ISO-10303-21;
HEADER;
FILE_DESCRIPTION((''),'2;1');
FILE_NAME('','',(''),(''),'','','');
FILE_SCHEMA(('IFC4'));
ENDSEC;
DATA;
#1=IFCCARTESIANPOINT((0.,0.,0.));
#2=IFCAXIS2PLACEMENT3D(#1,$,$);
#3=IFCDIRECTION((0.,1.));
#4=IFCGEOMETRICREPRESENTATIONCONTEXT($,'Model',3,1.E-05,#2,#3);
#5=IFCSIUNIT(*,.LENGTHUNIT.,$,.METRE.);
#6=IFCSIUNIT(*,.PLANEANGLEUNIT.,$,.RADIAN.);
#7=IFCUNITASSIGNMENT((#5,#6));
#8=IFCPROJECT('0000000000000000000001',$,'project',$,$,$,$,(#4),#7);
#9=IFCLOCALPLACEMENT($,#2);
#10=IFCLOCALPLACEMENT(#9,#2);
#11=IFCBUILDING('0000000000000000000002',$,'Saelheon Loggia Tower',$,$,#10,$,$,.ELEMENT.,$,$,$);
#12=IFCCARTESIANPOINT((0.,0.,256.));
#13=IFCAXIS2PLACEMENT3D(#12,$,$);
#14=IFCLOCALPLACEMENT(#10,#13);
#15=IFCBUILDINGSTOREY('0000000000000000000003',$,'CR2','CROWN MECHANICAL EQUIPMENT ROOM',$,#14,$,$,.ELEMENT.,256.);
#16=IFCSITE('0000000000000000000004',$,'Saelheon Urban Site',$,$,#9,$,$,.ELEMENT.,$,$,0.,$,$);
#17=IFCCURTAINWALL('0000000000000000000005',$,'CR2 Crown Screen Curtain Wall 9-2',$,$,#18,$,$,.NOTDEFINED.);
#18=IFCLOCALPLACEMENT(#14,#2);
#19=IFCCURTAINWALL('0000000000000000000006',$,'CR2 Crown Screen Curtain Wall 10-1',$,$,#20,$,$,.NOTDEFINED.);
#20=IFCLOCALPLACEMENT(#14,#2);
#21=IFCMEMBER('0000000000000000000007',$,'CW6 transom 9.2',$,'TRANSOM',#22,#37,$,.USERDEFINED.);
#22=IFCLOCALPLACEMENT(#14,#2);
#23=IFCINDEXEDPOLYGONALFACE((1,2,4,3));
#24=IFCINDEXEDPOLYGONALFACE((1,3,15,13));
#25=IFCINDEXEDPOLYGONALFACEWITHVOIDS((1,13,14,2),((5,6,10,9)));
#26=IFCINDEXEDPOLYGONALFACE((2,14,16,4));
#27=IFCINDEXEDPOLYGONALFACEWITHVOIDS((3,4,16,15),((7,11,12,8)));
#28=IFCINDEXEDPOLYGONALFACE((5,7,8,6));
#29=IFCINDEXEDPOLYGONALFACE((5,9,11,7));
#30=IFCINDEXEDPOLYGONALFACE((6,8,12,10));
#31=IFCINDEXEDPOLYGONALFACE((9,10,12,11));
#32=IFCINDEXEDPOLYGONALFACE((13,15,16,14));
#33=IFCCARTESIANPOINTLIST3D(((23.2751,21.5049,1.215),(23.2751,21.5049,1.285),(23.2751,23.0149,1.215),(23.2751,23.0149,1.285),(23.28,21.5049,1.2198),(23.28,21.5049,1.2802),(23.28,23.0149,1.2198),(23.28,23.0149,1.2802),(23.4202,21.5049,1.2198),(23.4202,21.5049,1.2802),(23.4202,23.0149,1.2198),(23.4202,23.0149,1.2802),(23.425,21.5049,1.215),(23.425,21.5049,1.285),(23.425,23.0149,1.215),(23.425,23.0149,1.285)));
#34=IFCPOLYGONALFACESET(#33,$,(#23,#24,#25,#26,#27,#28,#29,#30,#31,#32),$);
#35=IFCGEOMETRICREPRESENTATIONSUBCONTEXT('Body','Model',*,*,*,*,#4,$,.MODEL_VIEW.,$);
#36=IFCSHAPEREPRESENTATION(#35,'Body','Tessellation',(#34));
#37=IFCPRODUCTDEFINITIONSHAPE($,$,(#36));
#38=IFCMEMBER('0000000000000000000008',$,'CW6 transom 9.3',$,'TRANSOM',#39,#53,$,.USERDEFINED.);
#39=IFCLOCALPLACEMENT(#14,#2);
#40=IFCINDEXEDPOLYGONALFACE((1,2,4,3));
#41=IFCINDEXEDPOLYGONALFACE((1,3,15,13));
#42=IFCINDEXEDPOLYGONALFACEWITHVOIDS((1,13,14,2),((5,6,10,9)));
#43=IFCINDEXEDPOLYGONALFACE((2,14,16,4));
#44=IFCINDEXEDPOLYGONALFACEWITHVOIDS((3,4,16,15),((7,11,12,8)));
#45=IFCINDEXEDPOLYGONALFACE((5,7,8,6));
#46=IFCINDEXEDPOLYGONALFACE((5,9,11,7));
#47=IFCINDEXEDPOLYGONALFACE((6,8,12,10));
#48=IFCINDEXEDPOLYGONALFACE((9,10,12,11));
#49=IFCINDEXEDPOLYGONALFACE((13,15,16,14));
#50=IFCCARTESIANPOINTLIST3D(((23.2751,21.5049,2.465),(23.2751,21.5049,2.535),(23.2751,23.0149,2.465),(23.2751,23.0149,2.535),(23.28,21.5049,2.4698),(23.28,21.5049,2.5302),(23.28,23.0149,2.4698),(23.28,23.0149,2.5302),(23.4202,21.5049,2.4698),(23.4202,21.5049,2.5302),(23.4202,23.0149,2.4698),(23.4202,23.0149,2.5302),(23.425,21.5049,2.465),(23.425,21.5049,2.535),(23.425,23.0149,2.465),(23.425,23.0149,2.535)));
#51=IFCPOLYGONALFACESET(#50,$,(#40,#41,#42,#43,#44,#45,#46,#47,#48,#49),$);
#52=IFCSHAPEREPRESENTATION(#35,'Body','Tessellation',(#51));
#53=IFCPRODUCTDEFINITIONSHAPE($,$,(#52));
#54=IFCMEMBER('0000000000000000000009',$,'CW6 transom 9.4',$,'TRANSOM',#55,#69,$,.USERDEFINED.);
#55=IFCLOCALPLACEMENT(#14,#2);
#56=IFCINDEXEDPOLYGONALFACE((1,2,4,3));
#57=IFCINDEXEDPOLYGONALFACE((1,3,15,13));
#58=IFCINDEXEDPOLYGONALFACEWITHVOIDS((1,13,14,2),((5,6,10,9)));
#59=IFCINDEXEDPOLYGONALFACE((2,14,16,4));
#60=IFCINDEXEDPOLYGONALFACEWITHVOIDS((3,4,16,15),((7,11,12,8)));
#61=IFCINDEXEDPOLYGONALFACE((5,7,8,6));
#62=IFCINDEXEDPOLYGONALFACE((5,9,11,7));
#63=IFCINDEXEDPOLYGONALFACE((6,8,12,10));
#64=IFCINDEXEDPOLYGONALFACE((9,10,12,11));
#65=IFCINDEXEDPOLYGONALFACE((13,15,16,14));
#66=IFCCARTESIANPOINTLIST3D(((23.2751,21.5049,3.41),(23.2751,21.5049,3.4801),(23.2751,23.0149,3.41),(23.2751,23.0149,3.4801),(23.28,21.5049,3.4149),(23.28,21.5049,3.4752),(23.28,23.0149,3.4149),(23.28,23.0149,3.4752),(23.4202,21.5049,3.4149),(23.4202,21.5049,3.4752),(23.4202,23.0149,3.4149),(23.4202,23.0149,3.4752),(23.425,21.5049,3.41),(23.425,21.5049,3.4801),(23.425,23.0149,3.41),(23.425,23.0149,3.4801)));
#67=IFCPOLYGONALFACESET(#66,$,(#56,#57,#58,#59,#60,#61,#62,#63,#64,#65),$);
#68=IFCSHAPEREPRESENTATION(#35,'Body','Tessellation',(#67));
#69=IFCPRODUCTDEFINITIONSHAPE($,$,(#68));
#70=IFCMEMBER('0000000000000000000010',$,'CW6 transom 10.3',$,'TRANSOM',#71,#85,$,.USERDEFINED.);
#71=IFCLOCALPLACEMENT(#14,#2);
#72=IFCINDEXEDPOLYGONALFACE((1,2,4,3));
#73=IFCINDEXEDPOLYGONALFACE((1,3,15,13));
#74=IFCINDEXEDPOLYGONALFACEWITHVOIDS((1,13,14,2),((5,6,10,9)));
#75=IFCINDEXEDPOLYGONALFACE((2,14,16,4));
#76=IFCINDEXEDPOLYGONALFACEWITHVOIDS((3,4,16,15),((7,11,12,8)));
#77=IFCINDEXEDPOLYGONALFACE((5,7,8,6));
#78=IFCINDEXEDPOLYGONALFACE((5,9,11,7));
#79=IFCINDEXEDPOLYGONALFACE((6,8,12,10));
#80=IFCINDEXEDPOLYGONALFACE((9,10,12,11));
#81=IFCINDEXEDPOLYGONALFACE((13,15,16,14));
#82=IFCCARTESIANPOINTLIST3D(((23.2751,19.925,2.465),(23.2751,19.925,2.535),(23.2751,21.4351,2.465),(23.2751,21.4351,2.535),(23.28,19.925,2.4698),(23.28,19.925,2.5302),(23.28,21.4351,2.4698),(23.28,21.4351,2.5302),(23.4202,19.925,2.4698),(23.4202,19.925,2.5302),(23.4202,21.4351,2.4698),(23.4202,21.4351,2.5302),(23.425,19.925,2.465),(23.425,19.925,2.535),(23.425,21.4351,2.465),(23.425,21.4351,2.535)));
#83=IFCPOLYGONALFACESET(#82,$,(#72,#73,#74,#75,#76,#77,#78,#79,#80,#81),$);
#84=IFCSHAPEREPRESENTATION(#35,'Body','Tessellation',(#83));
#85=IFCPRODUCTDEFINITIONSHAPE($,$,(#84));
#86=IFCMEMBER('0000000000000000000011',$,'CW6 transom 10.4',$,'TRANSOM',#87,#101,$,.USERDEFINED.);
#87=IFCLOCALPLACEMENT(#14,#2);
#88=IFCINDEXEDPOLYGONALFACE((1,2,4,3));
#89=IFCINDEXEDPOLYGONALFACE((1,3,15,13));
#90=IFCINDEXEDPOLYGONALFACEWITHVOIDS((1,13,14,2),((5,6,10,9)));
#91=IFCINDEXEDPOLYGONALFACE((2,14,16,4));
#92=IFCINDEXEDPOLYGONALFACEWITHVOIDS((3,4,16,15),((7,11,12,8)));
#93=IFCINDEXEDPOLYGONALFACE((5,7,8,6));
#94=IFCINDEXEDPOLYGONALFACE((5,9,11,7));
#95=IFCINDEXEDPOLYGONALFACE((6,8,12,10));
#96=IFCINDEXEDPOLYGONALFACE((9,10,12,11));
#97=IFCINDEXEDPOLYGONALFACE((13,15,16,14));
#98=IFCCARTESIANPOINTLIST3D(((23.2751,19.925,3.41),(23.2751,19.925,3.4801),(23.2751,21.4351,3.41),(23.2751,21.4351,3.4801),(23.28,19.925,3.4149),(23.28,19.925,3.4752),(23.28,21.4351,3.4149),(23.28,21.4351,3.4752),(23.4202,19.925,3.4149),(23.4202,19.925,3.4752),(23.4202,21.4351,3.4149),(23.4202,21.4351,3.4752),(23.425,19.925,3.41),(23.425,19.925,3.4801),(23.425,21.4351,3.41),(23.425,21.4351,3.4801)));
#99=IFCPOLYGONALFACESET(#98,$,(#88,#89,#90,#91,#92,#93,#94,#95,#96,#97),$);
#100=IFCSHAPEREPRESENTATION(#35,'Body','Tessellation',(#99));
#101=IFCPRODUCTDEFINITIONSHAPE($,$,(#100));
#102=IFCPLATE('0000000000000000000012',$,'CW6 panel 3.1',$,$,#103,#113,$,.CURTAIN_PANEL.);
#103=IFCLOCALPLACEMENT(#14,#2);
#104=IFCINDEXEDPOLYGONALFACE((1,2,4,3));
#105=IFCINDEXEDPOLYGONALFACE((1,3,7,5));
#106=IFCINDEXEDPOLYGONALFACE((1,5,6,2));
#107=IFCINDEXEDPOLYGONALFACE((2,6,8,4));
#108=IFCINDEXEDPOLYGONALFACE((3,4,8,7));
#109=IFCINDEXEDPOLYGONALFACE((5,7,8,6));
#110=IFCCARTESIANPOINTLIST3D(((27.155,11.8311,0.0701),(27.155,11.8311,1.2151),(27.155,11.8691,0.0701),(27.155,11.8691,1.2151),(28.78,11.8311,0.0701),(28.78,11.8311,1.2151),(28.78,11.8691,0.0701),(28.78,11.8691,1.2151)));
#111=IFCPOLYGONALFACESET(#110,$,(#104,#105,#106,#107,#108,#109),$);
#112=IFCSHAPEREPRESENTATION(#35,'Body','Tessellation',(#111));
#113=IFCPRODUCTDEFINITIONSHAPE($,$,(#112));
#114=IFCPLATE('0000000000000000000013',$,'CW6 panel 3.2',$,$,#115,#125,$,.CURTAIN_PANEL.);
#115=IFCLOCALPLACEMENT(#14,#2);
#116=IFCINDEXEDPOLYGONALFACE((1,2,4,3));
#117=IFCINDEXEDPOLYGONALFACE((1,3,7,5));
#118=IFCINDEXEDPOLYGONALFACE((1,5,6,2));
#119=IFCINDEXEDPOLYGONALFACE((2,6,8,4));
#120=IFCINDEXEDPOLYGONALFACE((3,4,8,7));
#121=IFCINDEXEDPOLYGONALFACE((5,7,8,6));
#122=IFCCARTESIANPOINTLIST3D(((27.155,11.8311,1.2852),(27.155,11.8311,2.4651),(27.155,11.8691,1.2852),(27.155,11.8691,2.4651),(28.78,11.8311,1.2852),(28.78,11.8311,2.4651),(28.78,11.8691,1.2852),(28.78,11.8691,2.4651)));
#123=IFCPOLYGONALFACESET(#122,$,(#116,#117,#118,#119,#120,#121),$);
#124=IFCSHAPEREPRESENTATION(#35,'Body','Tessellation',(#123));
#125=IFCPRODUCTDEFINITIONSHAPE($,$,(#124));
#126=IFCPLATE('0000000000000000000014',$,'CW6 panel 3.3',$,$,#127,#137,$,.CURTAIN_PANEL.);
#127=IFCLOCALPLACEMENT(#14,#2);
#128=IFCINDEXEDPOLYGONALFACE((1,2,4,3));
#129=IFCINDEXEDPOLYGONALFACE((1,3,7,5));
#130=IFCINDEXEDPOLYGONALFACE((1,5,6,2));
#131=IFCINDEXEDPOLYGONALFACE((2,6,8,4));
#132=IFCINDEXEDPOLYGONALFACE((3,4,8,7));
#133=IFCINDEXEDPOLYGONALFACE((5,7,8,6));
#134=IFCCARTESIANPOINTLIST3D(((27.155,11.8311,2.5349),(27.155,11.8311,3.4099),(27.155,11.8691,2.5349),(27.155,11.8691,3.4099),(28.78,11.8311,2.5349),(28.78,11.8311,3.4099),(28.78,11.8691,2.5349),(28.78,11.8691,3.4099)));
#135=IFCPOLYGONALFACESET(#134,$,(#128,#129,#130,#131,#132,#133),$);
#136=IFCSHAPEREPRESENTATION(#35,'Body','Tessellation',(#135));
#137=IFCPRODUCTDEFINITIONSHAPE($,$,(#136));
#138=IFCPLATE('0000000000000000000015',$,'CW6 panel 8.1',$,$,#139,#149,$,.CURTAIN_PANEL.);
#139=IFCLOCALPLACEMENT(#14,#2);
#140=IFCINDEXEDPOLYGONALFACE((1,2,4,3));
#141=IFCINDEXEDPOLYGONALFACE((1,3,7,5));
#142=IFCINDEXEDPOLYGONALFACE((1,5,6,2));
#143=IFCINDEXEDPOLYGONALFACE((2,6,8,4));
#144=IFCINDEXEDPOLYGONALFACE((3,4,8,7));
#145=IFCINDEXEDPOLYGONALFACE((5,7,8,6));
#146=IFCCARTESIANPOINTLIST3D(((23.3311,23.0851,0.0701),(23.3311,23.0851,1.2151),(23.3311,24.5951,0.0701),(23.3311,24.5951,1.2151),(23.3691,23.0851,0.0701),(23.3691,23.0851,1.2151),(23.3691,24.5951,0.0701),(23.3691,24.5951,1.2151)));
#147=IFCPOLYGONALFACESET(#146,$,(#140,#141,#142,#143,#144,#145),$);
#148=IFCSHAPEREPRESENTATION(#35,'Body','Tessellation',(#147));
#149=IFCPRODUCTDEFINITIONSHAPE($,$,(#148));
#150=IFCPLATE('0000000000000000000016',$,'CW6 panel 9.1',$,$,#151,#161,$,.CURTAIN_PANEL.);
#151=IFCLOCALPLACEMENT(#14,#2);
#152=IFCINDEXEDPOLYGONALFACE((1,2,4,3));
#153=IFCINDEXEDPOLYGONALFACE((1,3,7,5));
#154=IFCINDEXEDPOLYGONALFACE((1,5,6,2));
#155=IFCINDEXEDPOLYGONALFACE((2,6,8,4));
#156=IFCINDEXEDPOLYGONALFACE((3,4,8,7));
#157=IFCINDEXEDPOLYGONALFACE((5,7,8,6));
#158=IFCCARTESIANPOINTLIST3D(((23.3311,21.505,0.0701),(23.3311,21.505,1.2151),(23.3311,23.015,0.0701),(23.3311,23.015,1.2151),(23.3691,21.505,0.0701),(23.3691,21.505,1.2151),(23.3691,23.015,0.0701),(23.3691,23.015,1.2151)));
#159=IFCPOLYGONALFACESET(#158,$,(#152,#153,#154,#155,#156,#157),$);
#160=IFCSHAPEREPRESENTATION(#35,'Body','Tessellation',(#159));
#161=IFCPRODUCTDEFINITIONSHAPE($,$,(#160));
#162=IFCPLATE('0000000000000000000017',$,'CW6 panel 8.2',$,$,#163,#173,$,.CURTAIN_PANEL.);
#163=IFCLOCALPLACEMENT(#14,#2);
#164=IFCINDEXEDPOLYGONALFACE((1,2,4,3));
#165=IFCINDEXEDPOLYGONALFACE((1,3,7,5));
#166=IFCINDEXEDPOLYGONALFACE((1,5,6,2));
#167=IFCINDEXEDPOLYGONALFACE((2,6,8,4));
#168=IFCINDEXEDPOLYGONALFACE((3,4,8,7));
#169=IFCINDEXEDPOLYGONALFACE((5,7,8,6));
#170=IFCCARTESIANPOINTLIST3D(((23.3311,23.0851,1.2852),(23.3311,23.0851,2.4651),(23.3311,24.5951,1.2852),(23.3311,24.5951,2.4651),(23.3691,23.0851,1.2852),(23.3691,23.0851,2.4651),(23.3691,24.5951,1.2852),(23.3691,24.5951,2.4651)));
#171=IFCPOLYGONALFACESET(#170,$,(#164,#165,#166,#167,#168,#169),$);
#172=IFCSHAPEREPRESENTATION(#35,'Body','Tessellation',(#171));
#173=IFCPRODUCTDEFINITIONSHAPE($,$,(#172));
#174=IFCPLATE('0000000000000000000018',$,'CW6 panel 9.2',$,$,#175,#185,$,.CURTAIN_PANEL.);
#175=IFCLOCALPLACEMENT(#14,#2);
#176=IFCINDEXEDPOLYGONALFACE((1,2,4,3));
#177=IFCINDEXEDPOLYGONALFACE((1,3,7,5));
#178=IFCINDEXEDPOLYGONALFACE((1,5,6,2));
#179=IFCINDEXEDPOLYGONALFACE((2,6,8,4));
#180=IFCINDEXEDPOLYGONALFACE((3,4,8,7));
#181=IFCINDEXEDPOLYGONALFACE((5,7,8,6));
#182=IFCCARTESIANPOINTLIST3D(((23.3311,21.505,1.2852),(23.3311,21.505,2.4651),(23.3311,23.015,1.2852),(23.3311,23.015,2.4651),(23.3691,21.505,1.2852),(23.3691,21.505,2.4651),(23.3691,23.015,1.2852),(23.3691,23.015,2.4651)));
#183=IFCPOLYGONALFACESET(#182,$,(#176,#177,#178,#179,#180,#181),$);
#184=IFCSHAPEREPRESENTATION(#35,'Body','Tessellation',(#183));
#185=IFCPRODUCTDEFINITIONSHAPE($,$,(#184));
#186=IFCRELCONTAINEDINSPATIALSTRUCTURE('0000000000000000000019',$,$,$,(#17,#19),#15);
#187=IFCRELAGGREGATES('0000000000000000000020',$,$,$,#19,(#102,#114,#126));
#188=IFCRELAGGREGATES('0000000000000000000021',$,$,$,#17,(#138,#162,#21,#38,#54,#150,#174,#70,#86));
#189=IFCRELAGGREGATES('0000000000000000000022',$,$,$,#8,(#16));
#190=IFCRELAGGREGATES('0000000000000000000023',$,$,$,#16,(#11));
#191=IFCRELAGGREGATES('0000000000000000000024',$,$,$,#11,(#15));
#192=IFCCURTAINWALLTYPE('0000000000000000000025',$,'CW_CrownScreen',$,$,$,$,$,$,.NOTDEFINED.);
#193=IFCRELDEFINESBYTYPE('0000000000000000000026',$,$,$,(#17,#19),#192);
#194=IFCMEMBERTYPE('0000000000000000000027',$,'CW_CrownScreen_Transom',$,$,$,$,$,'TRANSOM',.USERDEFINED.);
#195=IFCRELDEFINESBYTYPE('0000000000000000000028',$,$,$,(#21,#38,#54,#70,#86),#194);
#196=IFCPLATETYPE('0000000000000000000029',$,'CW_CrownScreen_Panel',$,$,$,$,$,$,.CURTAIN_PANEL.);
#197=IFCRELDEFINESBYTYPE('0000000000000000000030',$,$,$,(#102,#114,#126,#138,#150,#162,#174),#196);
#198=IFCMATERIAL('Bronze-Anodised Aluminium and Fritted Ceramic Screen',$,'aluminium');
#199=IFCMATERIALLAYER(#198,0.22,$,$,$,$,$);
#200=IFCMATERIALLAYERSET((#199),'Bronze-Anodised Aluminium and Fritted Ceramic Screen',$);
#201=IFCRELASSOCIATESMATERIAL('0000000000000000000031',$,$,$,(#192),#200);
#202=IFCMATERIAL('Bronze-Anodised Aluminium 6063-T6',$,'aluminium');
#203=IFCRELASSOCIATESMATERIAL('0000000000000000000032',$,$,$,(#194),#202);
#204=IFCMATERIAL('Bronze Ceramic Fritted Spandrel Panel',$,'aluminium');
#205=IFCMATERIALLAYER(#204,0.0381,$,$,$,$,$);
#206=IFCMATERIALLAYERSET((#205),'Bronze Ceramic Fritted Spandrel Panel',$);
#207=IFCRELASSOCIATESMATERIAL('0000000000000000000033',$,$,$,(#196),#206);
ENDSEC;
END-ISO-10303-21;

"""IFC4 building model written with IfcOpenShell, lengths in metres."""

from ifc_helpers import new_model, si_unit, direction, frame, origin, origin_2d, place, context, subcontext, project, spatial, rectangle, hollow_rectangle, extrude, source, transform, mapped, material, layer, layer_set, material_profile, profile_set, type_object, element, aggregate, save


model = new_model("IFC4")

# Units and contexts
model_context = context("Model", 3, precision=1e-05, world=origin(), true_north=direction((0.0, 1.0)))
body_context = subcontext(model_context, "Body", "Model", "MODEL_VIEW")
ifc_project = project(units=[si_unit("LENGTHUNIT", "METRE"), si_unit("PLANEANGLEUNIT", "RADIAN")], contexts=[model_context])

# Site, building, storey
site_placement = place(None, origin())
site = spatial("IfcSite", under=ifc_project, at=site_placement, Name="Saelheon Urban Site", CompositionType="ELEMENT", RefElevation=0.0)
building_placement = place(site_placement, origin())
building = spatial("IfcBuilding", under=site, at=building_placement, Name="Saelheon Loggia Tower", CompositionType="ELEMENT")
storey_placement = place(building_placement, frame((0.0, 0.0, 256.0)))
storey = spatial("IfcBuildingStorey", under=building, at=storey_placement, Name="CR2", Description="CROWN MECHANICAL EQUIPMENT ROOM", CompositionType="ELEMENT", Elevation=256.0)

# Curtain walls
ifc_material_1 = material(Name="Bronze-Anodised Aluminium and Fritted Ceramic Screen", Category="aluminium")
ifc_layer_1 = layer(ifc_material_1, 0.22)
ifc_layer_set_1 = layer_set([ifc_layer_1], Name="Bronze-Anodised Aluminium and Fritted Ceramic Screen")
curtain_wall_type = type_object("IfcCurtainWallType", Name="CW_CrownScreen", PredefinedType="NOTDEFINED", material=ifc_layer_set_1)
curtain_wall_1_placement = place(storey_placement, origin())
curtain_wall_1 = element("IfcCurtainWall", 1, at=curtain_wall_1_placement, inside=storey, type_object=curtain_wall_type, Name="CR2 Crown Screen Curtain Wall 9-2", PredefinedType="NOTDEFINED")
ifc_material_2 = material(Name="Bronze-Anodised Aluminium 6063-T6", Category="aluminium")
curtain_wall_2_placement = place(storey_placement, origin())
curtain_wall_2 = element("IfcCurtainWall", 2, at=curtain_wall_2_placement, inside=storey, type_object=curtain_wall_type, Name="CR2 Crown Screen Curtain Wall 10-1", PredefinedType="NOTDEFINED")
ifc_material_profile_1 = material_profile(ifc_material_2, hollow_rectangle(XDim=0.0701, YDim=0.1499, WallThickness=0.0049, at=origin_2d()), Name="RHS-150x70x5")
ifc_profile_set_1 = profile_set([ifc_material_profile_1], Name="Bronze-Anodised Aluminium 6063-T6")
member_type_1 = type_object("IfcMemberType", Name="CW_CrownScreen_Transom", ElementType="TRANSOM", PredefinedType="USERDEFINED", material=ifc_profile_set_1)

# Members
shared_shape_1 = source(origin(), body_context, "Body", "SweptSolid", [
    extrude(hollow_rectangle(XDim=0.0701, YDim=0.1499, WallThickness=0.0049, at=origin_2d()), origin(), (0.0, 0.0, 1.0), 1.51),
])
member_1_placement = place(storey_placement, frame((23.3501, 23.0149, 1.25), z_axis=(0.0, -1.0, 0.0), x_axis=(0.0, 0.0, 1.0)))
member_1 = element("IfcMember", 3, at=member_1_placement, type_object=member_type_1, Name="CW6 transom 9.2", ObjectType="TRANSOM", PredefinedType="USERDEFINED", context=body_context, shape_type="MappedRepresentation", body=[
    mapped(shared_shape_1, transform((0.0, 0.0, 0.0), scale=1.0)),
])
member_2_placement = place(storey_placement, frame((23.3501, 23.0149, 2.5), z_axis=(0.0, -1.0, 0.0), x_axis=(0.0, 0.0, 1.0)))
member_2 = element("IfcMember", 4, at=member_2_placement, type_object=member_type_1, Name="CW6 transom 9.3", ObjectType="TRANSOM", PredefinedType="USERDEFINED", context=body_context, shape_type="MappedRepresentation", body=[
    mapped(shared_shape_1, transform((0.0, 0.0, 0.0), scale=1.0)),
])
member_3_placement = place(storey_placement, frame((23.3501, 23.0149, 3.4451), z_axis=(0.0, -1.0, 0.0), x_axis=(0.0, 0.0, 1.0)))
member_3 = element("IfcMember", 5, at=member_3_placement, type_object=member_type_1, Name="CW6 transom 9.4", ObjectType="TRANSOM", PredefinedType="USERDEFINED", context=body_context, shape_type="MappedRepresentation", body=[
    mapped(shared_shape_1, transform((0.0, 0.0, 0.0), scale=1.0)),
])
member_4_placement = place(storey_placement, frame((23.3501, 21.4351, 2.5), z_axis=(0.0, -1.0, 0.0), x_axis=(0.0, 0.0, 1.0)))
member_4 = element("IfcMember", 6, at=member_4_placement, type_object=member_type_1, Name="CW6 transom 10.3", ObjectType="TRANSOM", PredefinedType="USERDEFINED", context=body_context, shape_type="MappedRepresentation", body=[
    mapped(shared_shape_1, transform((0.0, 0.0, 0.0), scale=1.0)),
])
member_5_placement = place(storey_placement, frame((23.3501, 21.4351, 3.4451), z_axis=(0.0, -1.0, 0.0), x_axis=(0.0, 0.0, 1.0)))
member_5 = element("IfcMember", 7, at=member_5_placement, type_object=member_type_1, Name="CW6 transom 10.4", ObjectType="TRANSOM", PredefinedType="USERDEFINED", context=body_context, shape_type="MappedRepresentation", body=[
    mapped(shared_shape_1, transform((0.0, 0.0, 0.0), scale=1.0)),
])

# Plates
ifc_material_3 = material(Name="Bronze Ceramic Fritted Spandrel Panel", Category="aluminium")
ifc_layer_2 = layer(ifc_material_3, 0.0381)
ifc_layer_set_2 = layer_set([ifc_layer_2], Name="Bronze Ceramic Fritted Spandrel Panel")
plate_type = type_object("IfcPlateType", Name="CW_CrownScreen_Panel", PredefinedType="CURTAIN_PANEL", material=ifc_layer_set_2)
shared_shape_2 = source(origin(), body_context, "Body", "SweptSolid", [
    extrude(rectangle(XDim=1.625, YDim=0.0381, at=origin_2d()), origin(), (0.0, 0.0, 1.0), 1.145),
])
plate_1_placement = place(storey_placement, frame((27.9675, 11.8501, 0.0701), z_axis=(0.0, 0.0, 1.0), x_axis=(1.0, 0.0, 0.0)))
plate_1 = element("IfcPlate", 8, at=plate_1_placement, type_object=plate_type, Name="CW6 panel 3.1", PredefinedType="CURTAIN_PANEL", context=body_context, shape_type="MappedRepresentation", body=[
    mapped(shared_shape_2, transform((0.0, 0.0, 0.0), scale=1.0)),
])
shared_shape_3 = source(origin(), body_context, "Body", "SweptSolid", [
    extrude(rectangle(XDim=1.625, YDim=0.0381, at=origin_2d()), origin(), (0.0, 0.0, 1.0), 1.1799),
])
plate_2_placement = place(storey_placement, frame((27.9675, 11.8501, 1.2852), z_axis=(0.0, 0.0, 1.0), x_axis=(1.0, 0.0, 0.0)))
plate_2 = element("IfcPlate", 9, at=plate_2_placement, type_object=plate_type, Name="CW6 panel 3.2", PredefinedType="CURTAIN_PANEL", context=body_context, shape_type="MappedRepresentation", body=[
    mapped(shared_shape_3, transform((0.0, 0.0, 0.0), scale=1.0)),
])
shared_shape_4 = source(origin(), body_context, "Body", "SweptSolid", [
    extrude(rectangle(XDim=1.625, YDim=0.0381, at=origin_2d()), origin(), (0.0, 0.0, 1.0), 0.875),
])
plate_3_placement = place(storey_placement, frame((27.9675, 11.8501, 2.5349), z_axis=(0.0, 0.0, 1.0), x_axis=(1.0, 0.0, 0.0)))
plate_3 = element("IfcPlate", 10, at=plate_3_placement, type_object=plate_type, Name="CW6 panel 3.3", PredefinedType="CURTAIN_PANEL", context=body_context, shape_type="MappedRepresentation", body=[
    mapped(shared_shape_4, transform((0.0, 0.0, 0.0), scale=1.0)),
])
aggregate(curtain_wall_2, [plate_1, plate_2, plate_3])
shared_shape_5 = source(origin(), body_context, "Body", "SweptSolid", [
    extrude(rectangle(XDim=1.51, YDim=0.0381, at=origin_2d()), origin(), (0.0, 0.0, 1.0), 1.145),
])
plate_4_placement = place(storey_placement, frame((23.3501, 23.8401, 0.0701), z_axis=(0.0, 0.0, 1.0), x_axis=(0.0, -1.0, 0.0)))
plate_4 = element("IfcPlate", 11, at=plate_4_placement, type_object=plate_type, Name="CW6 panel 8.1", PredefinedType="CURTAIN_PANEL", context=body_context, shape_type="MappedRepresentation", body=[
    mapped(shared_shape_5, transform((0.0, 0.0, 0.0), scale=1.0)),
])
plate_5_placement = place(storey_placement, frame((23.3501, 22.26, 0.0701), z_axis=(0.0, 0.0, 1.0), x_axis=(0.0, -1.0, 0.0)))
plate_5 = element("IfcPlate", 12, at=plate_5_placement, type_object=plate_type, Name="CW6 panel 9.1", PredefinedType="CURTAIN_PANEL", context=body_context, shape_type="MappedRepresentation", body=[
    mapped(shared_shape_5, transform((0.0, 0.0, 0.0), scale=1.0)),
])
shared_shape_6 = source(origin(), body_context, "Body", "SweptSolid", [
    extrude(rectangle(XDim=1.51, YDim=0.0381, at=origin_2d()), origin(), (0.0, 0.0, 1.0), 1.1799),
])
plate_6_placement = place(storey_placement, frame((23.3501, 23.8401, 1.2852), z_axis=(0.0, 0.0, 1.0), x_axis=(0.0, -1.0, 0.0)))
plate_6 = element("IfcPlate", 13, at=plate_6_placement, type_object=plate_type, Name="CW6 panel 8.2", PredefinedType="CURTAIN_PANEL", context=body_context, shape_type="MappedRepresentation", body=[
    mapped(shared_shape_6, transform((0.0, 0.0, 0.0), scale=1.0)),
])
plate_7_placement = place(storey_placement, frame((23.3501, 22.26, 1.2852), z_axis=(0.0, 0.0, 1.0), x_axis=(0.0, -1.0, 0.0)))
plate_7 = element("IfcPlate", 14, at=plate_7_placement, type_object=plate_type, Name="CW6 panel 9.2", PredefinedType="CURTAIN_PANEL", context=body_context, shape_type="MappedRepresentation", body=[
    mapped(shared_shape_6, transform((0.0, 0.0, 0.0), scale=1.0)),
])
aggregate(curtain_wall_1, [plate_4, plate_6, member_1, member_2, member_3, plate_5, plate_7, member_4, member_5])

save(model, "model.ifc")
